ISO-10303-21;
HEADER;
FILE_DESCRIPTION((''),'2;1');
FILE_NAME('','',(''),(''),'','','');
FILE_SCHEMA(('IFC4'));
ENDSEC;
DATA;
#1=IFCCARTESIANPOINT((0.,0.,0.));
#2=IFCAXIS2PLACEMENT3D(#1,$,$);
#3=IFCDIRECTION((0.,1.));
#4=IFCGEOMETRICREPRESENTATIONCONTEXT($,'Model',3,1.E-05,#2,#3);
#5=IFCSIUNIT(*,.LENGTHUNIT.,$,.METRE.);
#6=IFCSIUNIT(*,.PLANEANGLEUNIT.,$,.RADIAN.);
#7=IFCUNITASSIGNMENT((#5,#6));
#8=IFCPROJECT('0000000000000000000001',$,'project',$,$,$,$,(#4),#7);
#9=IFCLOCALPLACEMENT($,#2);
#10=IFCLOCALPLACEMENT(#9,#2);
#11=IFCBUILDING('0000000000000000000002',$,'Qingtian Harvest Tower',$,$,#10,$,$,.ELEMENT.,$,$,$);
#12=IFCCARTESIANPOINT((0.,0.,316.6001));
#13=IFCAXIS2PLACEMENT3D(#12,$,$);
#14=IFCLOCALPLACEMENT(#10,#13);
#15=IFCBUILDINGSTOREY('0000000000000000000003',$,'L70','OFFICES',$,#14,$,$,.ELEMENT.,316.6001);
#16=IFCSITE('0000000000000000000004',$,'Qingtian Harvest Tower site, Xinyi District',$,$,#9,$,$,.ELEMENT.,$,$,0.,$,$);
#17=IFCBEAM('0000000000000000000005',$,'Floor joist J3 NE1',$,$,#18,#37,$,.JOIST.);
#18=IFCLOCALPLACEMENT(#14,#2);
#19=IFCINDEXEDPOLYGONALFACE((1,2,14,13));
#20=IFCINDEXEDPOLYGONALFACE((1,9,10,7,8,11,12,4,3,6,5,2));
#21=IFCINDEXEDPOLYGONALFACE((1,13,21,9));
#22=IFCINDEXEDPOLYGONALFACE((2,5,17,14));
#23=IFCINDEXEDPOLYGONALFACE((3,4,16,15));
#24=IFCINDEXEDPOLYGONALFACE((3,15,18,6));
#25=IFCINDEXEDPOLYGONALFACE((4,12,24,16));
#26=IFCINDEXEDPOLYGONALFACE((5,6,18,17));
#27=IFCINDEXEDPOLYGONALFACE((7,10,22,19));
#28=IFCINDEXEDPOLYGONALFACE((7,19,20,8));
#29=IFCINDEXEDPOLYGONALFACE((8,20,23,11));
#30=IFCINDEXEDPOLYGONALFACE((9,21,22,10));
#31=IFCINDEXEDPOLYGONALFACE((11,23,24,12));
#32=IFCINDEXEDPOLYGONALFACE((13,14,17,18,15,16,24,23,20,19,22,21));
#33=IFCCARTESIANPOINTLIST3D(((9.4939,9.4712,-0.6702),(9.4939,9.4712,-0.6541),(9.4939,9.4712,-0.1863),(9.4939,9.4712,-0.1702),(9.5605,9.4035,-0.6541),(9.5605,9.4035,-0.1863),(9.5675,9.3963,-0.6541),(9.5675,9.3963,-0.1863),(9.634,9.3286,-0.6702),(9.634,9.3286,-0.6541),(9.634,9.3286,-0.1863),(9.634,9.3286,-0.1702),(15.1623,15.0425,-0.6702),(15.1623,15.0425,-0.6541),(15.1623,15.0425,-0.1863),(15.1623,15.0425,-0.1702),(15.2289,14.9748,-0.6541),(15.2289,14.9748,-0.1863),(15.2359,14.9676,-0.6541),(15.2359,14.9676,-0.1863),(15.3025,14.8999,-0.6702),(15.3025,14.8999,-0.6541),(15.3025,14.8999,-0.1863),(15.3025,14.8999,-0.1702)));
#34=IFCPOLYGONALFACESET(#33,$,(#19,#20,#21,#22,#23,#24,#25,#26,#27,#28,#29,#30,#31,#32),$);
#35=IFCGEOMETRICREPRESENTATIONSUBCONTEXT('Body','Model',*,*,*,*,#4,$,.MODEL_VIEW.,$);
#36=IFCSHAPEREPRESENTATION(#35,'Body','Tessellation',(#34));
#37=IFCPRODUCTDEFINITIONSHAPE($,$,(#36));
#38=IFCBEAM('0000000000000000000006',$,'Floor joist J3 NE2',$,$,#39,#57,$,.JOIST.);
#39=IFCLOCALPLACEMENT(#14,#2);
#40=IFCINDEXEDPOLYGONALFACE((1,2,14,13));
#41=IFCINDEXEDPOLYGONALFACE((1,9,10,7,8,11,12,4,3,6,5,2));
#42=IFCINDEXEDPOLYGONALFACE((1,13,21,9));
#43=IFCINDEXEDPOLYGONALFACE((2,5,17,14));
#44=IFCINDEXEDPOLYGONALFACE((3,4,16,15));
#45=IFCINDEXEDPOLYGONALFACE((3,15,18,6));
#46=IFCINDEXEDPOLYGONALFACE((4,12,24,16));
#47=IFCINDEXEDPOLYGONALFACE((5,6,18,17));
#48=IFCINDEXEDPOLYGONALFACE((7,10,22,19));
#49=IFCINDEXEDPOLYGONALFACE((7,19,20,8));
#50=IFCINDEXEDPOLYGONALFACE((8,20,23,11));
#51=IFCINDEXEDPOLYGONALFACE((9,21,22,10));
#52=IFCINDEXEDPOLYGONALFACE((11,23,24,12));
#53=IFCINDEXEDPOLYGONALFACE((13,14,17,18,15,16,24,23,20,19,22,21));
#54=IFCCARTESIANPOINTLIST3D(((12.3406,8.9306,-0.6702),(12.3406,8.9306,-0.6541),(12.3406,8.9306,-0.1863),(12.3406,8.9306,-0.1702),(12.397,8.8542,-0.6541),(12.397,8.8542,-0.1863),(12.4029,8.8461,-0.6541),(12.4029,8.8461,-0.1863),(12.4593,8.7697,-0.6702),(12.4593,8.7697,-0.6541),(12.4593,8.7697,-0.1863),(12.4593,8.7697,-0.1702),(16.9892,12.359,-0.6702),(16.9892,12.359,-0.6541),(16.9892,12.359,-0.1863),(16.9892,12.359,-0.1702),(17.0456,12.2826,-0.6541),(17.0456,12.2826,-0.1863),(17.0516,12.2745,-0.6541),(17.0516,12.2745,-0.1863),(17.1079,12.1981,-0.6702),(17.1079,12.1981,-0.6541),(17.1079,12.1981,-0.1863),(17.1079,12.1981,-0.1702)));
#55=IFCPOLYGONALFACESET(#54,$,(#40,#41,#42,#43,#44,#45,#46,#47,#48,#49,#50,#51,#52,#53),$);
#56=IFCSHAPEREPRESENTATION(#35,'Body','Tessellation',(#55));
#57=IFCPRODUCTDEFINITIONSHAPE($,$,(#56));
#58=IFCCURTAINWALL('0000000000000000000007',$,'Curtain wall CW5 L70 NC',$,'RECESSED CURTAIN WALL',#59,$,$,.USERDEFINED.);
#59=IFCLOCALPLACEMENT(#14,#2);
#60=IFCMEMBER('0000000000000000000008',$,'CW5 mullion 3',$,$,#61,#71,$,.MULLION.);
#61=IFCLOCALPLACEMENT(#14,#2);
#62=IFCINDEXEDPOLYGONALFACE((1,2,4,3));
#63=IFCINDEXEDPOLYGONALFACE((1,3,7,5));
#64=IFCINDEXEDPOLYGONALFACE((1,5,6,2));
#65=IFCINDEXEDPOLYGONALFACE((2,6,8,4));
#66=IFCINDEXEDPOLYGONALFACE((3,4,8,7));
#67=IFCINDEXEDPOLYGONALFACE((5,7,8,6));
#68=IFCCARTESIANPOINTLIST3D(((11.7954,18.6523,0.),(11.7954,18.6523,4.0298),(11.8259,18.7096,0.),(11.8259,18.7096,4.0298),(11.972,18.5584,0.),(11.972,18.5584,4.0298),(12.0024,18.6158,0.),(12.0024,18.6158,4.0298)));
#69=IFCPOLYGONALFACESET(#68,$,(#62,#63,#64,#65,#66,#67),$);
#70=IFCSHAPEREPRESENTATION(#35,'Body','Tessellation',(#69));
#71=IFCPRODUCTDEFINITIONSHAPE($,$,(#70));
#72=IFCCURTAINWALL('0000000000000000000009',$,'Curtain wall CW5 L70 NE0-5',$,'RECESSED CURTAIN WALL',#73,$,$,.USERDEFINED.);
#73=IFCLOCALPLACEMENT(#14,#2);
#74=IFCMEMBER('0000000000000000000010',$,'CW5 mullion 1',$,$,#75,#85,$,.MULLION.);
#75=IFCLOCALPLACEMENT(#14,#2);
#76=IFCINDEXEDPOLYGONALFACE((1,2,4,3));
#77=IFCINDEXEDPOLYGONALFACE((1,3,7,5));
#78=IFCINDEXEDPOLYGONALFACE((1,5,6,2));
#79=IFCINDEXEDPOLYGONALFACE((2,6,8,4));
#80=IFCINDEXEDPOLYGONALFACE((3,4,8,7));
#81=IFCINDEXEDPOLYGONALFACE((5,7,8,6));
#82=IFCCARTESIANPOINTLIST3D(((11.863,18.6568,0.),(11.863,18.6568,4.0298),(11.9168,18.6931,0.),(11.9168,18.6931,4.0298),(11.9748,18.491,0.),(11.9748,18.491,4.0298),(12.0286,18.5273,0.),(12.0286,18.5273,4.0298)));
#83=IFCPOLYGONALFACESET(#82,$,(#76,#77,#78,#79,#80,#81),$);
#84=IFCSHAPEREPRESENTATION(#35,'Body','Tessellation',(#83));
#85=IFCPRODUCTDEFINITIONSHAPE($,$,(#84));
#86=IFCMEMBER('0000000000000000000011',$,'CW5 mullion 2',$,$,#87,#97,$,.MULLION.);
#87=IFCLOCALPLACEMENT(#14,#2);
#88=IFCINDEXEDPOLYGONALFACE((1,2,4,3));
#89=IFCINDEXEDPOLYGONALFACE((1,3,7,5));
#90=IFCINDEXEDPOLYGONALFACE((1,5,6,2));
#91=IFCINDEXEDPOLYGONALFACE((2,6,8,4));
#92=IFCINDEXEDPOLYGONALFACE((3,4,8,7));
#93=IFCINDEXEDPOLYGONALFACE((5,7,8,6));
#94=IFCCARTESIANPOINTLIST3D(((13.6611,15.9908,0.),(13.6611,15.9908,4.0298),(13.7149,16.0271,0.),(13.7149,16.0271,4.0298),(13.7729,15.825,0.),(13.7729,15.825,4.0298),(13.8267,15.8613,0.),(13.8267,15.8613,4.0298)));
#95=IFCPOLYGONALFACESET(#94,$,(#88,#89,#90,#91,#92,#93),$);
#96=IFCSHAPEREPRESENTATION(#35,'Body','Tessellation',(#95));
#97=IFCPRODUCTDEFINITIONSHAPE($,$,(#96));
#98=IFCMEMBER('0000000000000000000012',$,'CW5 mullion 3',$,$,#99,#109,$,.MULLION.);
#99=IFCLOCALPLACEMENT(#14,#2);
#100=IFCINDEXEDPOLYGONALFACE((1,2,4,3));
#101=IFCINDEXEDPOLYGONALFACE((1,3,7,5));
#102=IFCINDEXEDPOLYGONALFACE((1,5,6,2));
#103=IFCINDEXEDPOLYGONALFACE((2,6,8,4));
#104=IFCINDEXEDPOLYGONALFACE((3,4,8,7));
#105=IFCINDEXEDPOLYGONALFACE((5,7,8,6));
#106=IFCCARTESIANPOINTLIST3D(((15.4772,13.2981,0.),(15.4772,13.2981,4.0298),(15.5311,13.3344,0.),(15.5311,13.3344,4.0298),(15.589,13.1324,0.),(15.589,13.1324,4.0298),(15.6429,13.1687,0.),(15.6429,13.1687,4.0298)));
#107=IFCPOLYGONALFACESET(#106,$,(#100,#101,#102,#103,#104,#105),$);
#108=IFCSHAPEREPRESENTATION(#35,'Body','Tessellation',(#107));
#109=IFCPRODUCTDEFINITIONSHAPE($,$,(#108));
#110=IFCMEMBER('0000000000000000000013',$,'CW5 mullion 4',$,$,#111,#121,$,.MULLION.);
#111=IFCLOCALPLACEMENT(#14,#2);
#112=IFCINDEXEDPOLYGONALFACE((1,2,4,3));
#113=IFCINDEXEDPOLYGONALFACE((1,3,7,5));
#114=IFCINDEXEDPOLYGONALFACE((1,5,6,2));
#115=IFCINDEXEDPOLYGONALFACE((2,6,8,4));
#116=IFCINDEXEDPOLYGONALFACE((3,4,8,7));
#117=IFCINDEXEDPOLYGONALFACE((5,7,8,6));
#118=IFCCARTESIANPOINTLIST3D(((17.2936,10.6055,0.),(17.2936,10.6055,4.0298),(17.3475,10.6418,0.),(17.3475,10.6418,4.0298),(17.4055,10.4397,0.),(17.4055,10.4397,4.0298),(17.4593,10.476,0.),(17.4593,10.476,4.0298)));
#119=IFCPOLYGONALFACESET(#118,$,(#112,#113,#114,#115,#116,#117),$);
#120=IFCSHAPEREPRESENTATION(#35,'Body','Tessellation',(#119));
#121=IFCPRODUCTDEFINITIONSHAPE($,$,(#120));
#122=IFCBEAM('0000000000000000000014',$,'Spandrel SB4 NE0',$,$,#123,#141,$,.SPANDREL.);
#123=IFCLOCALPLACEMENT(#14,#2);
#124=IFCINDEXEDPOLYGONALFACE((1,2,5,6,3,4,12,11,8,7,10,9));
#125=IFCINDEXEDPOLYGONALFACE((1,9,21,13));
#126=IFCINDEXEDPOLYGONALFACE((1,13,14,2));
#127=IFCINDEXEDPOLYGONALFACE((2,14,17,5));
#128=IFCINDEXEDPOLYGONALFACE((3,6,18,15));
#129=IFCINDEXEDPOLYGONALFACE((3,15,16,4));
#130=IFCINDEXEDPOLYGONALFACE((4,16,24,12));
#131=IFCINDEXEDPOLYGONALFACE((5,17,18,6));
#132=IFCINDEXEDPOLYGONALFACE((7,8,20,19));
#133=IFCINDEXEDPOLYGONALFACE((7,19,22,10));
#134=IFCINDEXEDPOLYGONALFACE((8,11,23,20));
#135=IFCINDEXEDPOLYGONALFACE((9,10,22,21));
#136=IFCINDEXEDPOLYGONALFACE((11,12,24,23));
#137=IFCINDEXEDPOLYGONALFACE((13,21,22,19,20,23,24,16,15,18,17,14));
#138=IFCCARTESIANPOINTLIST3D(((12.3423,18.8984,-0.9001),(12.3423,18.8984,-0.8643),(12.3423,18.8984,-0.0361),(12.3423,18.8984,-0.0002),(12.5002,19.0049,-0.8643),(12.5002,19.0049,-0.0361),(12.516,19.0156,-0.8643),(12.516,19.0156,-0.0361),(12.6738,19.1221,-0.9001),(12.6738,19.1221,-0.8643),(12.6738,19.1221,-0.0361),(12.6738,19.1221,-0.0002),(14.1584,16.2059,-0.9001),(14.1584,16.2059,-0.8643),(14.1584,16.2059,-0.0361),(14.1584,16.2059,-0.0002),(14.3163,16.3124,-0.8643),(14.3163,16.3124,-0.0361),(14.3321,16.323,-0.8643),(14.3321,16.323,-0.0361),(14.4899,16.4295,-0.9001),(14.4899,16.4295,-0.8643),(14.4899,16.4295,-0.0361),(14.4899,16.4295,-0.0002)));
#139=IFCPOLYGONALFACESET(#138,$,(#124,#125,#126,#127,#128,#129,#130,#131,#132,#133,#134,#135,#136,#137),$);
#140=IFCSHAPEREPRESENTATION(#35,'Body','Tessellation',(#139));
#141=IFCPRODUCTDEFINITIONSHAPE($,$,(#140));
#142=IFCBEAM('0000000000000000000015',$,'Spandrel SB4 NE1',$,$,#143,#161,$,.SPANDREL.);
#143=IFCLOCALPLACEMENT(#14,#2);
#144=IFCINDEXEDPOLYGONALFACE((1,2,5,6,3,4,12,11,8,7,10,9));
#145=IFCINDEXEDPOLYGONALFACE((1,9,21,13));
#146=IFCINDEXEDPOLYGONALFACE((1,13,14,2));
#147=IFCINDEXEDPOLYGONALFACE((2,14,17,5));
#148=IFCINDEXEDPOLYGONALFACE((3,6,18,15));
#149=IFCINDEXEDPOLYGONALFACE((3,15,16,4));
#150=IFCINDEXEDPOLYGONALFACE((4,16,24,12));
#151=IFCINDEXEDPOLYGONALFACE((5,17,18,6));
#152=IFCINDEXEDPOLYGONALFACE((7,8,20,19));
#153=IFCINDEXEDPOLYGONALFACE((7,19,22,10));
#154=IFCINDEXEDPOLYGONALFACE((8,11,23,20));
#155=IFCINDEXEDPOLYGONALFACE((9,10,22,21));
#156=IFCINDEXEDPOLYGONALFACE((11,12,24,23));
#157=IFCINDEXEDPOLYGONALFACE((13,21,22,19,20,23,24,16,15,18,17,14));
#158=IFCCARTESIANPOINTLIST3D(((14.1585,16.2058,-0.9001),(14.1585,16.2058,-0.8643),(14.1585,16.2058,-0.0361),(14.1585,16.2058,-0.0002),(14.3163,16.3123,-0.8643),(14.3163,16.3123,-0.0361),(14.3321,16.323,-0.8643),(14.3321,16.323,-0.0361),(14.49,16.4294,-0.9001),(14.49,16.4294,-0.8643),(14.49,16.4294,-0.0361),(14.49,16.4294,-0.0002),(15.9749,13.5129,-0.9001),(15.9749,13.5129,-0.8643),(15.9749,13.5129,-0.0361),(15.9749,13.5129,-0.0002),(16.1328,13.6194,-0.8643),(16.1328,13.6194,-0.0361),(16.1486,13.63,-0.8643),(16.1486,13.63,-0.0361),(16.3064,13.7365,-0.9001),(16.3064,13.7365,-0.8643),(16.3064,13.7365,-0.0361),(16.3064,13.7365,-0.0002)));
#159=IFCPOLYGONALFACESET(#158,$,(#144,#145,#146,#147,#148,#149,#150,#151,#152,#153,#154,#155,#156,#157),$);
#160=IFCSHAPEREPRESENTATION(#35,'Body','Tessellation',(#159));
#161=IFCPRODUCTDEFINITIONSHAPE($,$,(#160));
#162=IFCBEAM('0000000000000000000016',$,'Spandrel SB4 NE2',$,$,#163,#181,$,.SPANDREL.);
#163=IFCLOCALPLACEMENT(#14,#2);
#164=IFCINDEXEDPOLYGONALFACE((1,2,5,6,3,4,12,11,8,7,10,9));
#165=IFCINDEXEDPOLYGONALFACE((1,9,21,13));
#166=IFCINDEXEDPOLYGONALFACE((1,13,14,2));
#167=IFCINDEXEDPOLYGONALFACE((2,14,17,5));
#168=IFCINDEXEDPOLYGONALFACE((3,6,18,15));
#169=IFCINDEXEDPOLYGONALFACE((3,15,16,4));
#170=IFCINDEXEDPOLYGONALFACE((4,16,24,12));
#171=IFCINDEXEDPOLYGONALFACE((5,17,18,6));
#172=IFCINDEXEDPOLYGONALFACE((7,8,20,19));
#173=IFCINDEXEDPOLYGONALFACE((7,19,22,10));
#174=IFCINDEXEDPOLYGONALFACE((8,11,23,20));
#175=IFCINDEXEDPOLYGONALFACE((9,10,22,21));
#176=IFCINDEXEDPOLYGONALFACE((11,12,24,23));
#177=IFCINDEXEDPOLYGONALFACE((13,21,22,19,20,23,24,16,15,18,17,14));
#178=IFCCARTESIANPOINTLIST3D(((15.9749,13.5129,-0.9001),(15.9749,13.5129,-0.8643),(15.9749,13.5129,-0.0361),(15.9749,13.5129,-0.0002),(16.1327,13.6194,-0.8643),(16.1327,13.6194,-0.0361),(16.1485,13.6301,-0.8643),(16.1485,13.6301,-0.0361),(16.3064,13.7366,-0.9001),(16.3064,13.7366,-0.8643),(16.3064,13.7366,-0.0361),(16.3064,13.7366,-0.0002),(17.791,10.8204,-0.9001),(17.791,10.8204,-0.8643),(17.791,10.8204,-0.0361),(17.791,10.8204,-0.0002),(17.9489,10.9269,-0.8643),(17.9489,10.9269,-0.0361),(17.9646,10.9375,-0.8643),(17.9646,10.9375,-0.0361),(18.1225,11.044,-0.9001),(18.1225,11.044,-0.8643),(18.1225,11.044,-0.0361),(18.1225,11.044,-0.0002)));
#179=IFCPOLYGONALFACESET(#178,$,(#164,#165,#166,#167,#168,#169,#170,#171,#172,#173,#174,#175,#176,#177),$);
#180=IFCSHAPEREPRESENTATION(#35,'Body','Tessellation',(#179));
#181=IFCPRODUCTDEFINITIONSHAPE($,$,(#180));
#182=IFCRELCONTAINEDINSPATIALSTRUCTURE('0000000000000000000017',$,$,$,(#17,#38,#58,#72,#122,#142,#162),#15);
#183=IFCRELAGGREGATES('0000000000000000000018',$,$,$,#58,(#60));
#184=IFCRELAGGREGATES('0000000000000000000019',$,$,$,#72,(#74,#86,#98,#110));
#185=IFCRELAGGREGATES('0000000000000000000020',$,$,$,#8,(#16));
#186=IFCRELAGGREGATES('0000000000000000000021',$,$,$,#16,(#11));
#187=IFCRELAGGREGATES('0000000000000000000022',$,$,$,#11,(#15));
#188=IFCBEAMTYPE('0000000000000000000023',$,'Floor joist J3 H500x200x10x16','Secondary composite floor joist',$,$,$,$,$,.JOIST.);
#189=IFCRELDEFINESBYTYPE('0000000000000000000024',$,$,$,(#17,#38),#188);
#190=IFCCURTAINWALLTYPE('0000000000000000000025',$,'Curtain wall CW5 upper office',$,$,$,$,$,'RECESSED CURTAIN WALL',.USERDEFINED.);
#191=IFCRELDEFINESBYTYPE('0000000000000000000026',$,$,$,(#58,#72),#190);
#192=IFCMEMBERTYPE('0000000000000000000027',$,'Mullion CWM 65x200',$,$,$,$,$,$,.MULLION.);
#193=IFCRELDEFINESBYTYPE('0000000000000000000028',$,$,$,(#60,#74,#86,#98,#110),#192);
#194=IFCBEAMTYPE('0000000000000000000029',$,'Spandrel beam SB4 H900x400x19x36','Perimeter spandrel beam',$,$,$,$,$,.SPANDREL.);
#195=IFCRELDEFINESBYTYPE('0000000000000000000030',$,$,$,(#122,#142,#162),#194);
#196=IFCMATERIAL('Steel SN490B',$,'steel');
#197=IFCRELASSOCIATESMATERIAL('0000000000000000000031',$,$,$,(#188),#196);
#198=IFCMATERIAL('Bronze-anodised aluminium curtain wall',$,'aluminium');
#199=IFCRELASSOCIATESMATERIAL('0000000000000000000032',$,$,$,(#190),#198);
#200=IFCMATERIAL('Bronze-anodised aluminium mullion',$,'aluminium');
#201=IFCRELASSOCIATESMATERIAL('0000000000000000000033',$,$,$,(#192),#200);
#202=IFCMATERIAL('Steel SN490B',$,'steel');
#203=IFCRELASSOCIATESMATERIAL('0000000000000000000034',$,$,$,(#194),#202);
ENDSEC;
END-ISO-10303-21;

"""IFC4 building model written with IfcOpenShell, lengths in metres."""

from ifc_helpers import new_model, si_unit, direction, frame, origin, origin_2d, place, context, subcontext, project, spatial, rectangle, i_section, extrude, material, material_profile, profile_set, type_object, element, aggregate, save


model = new_model("IFC4")

# Units and contexts
model_context = context("Model", 3, precision=1e-05, world=origin(), true_north=direction((0.0, 1.0)))
body_context = subcontext(model_context, "Body", "Model", "MODEL_VIEW")
ifc_project = project(units=[si_unit("LENGTHUNIT", "METRE"), si_unit("PLANEANGLEUNIT", "RADIAN")], contexts=[model_context])

# Site, building, storey
site_placement = place(None, origin())
site = spatial("IfcSite", under=ifc_project, at=site_placement, Name="Qingtian Harvest Tower site, Xinyi District", CompositionType="ELEMENT", RefElevation=0.0)
building_placement = place(site_placement, origin())
building = spatial("IfcBuilding", under=site, at=building_placement, Name="Qingtian Harvest Tower", CompositionType="ELEMENT")
storey_placement = place(building_placement, frame((0.0, 0.0, 316.6001)))
storey = spatial("IfcBuildingStorey", under=building, at=storey_placement, Name="L70", Description="OFFICES", CompositionType="ELEMENT", Elevation=316.6001)

# Beams
ifc_material_1 = material(Name="Steel SN490B", Category="steel")
ifc_material_profile_1 = material_profile(ifc_material_1, i_section(OverallWidth=0.2, OverallDepth=0.5, WebThickness=0.01, FlangeThickness=0.0161, at=origin_2d()), Name="H500x200x10x16")
ifc_profile_set_1 = profile_set([ifc_material_profile_1], Name="Steel SN490B")
beam_type_1 = type_object("IfcBeamType", Name="Floor joist J3 H500x200x10x16", Description="Secondary composite floor joist", PredefinedType="JOIST", material=ifc_profile_set_1)
beam_1_placement = place(storey_placement, frame((15.2324, 14.9712, -0.4202), z_axis=(-0.713193, -0.700968, 0.0), x_axis=(0.700968, -0.713193, 0.0)))
element("IfcBeam", 1, at=beam_1_placement, inside=storey, type_object=beam_type_1, Name="Floor joist J3 NE1", PredefinedType="JOIST", context=body_context, shape_type="SweptSolid", body=[
    extrude(i_section(OverallWidth=0.2, OverallDepth=0.5, WebThickness=0.01, FlangeThickness=0.0161, at=origin_2d()), origin(), (0.0, 0.0, 1.0), 7.948),
])
beam_2_placement = place(storey_placement, frame((17.0486, 12.2786, -0.4202), z_axis=(-0.804798, -0.593549, 0.0), x_axis=(0.593549, -0.804798, 0.0)))
element("IfcBeam", 2, at=beam_2_placement, inside=storey, type_object=beam_type_1, Name="Floor joist J3 NE2", PredefinedType="JOIST", context=body_context, shape_type="SweptSolid", body=[
    extrude(i_section(OverallWidth=0.2, OverallDepth=0.5, WebThickness=0.01, FlangeThickness=0.0161, at=origin_2d()), origin(), (0.0, 0.0, 1.0), 5.7761),
])

# Curtain wall, member
ifc_material_2 = material(Name="Bronze-anodised aluminium curtain wall", Category="aluminium")
curtain_wall_type = type_object("IfcCurtainWallType", Name="Curtain wall CW5 upper office", ElementType="RECESSED CURTAIN WALL", PredefinedType="USERDEFINED", material=ifc_material_2)
curtain_wall_1_placement = place(storey_placement, origin())
curtain_wall_1 = element("IfcCurtainWall", 3, at=curtain_wall_1_placement, inside=storey, type_object=curtain_wall_type, Name="Curtain wall CW5 L70 NC", ObjectType="RECESSED CURTAIN WALL", PredefinedType="USERDEFINED")
ifc_material_3 = material(Name="Bronze-anodised aluminium mullion", Category="aluminium")
ifc_material_profile_2 = material_profile(ifc_material_3, rectangle(XDim=0.0649, YDim=0.2, at=origin_2d()), Name="AL 65x200")
ifc_profile_set_2 = profile_set([ifc_material_profile_2], Name="Bronze-anodised aluminium mullion")
member_type_1 = type_object("IfcMemberType", Name="Mullion CWM 65x200", PredefinedType="MULLION", material=ifc_profile_set_2)
member_1_placement = place(storey_placement, frame((11.8989, 18.634, 0.0), z_axis=(0.0, 0.0, 1.0), x_axis=(0.469472, 0.882948, 0.0)))
member_1 = element("IfcMember", 4, at=member_1_placement, type_object=member_type_1, Name="CW5 mullion 3", PredefinedType="MULLION", context=body_context, shape_type="SweptSolid", body=[
    extrude(rectangle(XDim=0.0649, YDim=0.2, at=origin_2d()), origin(), (0.0, 0.0, 1.0), 4.0298),
])

# Curtain wall, members
curtain_wall_2_placement = place(storey_placement, origin())
curtain_wall_2 = element("IfcCurtainWall", 5, at=curtain_wall_2_placement, inside=storey, type_object=curtain_wall_type, Name="Curtain wall CW5 L70 NE0-5", ObjectType="RECESSED CURTAIN WALL", PredefinedType="USERDEFINED")
member_2_placement = place(storey_placement, frame((11.9458, 18.592, 0.0), z_axis=(0.0, 0.0, 1.0), x_axis=(0.829038, 0.559193, 0.0)))
member_2 = element("IfcMember", 6, at=member_2_placement, type_object=member_type_1, Name="CW5 mullion 1", PredefinedType="MULLION", context=body_context, shape_type="SweptSolid", body=[
    extrude(rectangle(XDim=0.0649, YDim=0.2, at=origin_2d()), origin(), (0.0, 0.0, 1.0), 4.0298),
])
member_3_placement = place(storey_placement, frame((13.7439, 15.926, 0.0), z_axis=(0.0, 0.0, 1.0), x_axis=(0.829038, 0.559193, 0.0)))
member_3 = element("IfcMember", 7, at=member_3_placement, type_object=member_type_1, Name="CW5 mullion 2", PredefinedType="MULLION", context=body_context, shape_type="SweptSolid", body=[
    extrude(rectangle(XDim=0.0649, YDim=0.2, at=origin_2d()), origin(), (0.0, 0.0, 1.0), 4.0298),
])
member_4_placement = place(storey_placement, frame((15.5601, 13.2334, 0.0), z_axis=(0.0, 0.0, 1.0), x_axis=(0.829038, 0.559193, 0.0)))
member_4 = element("IfcMember", 8, at=member_4_placement, type_object=member_type_1, Name="CW5 mullion 3", PredefinedType="MULLION", context=body_context, shape_type="SweptSolid", body=[
    extrude(rectangle(XDim=0.0649, YDim=0.2, at=origin_2d()), origin(), (0.0, 0.0, 1.0), 4.0298),
])
member_5_placement = place(storey_placement, frame((17.3765, 10.5408, 0.0), z_axis=(0.0, 0.0, 1.0), x_axis=(0.829038, 0.559193, 0.0)))
member_5 = element("IfcMember", 9, at=member_5_placement, type_object=member_type_1, Name="CW5 mullion 4", PredefinedType="MULLION", context=body_context, shape_type="SweptSolid", body=[
    extrude(rectangle(XDim=0.0649, YDim=0.2, at=origin_2d()), origin(), (0.0, 0.0, 1.0), 4.0298),
])

# Beams
ifc_material_4 = material(Name="Steel SN490B", Category="steel")
ifc_material_profile_3 = material_profile(ifc_material_4, i_section(OverallWidth=0.3999, OverallDepth=0.8999, WebThickness=0.019, FlangeThickness=0.0359, at=origin_2d()), Name="H900x400x19x36")
ifc_profile_set_3 = profile_set([ifc_material_profile_3], Name="Steel SN490B")
beam_type_2 = type_object("IfcBeamType", Name="Spandrel beam SB4 H900x400x19x36", Description="Perimeter spandrel beam", PredefinedType="SPANDREL", material=ifc_profile_set_3)
beam_3_placement = place(storey_placement, frame((12.5081, 19.0103, -0.4502), z_axis=(0.559185, -0.829043, 0.0), x_axis=(0.829043, 0.559185, 0.0)))
element("IfcBeam", 10, at=beam_3_placement, inside=storey, type_object=beam_type_2, Name="Spandrel SB4 NE0", PredefinedType="SPANDREL", context=body_context, shape_type="SweptSolid", body=[
    extrude(i_section(OverallWidth=0.3999, OverallDepth=0.8999, WebThickness=0.019, FlangeThickness=0.0359, at=origin_2d()), origin(), (0.0, 0.0, 1.0), 3.2478),
])
beam_4_placement = place(storey_placement, frame((14.3242, 16.3176, -0.4502), z_axis=(0.559202, -0.829032, 0.0), x_axis=(0.829032, 0.559202, 0.0)))
element("IfcBeam", 11, at=beam_4_placement, inside=storey, type_object=beam_type_2, Name="Spandrel SB4 NE1", PredefinedType="SPANDREL", context=body_context, shape_type="SweptSolid", body=[
    extrude(i_section(OverallWidth=0.3999, OverallDepth=0.8999, WebThickness=0.019, FlangeThickness=0.0359, at=origin_2d()), origin(), (0.0, 0.0, 1.0), 3.2483),
])
beam_5_placement = place(storey_placement, frame((16.1406, 13.6248, -0.4502), z_axis=(0.559185, -0.829043, 0.0), x_axis=(0.829043, 0.559185, 0.0)))
element("IfcBeam", 12, at=beam_5_placement, inside=storey, type_object=beam_type_2, Name="Spandrel SB4 NE2", PredefinedType="SPANDREL", context=body_context, shape_type="SweptSolid", body=[
    extrude(i_section(OverallWidth=0.3999, OverallDepth=0.8999, WebThickness=0.019, FlangeThickness=0.0359, at=origin_2d()), origin(), (0.0, 0.0, 1.0), 3.2478),
])

aggregate(curtain_wall_1, [member_1])
aggregate(curtain_wall_2, [member_2, member_3, member_4, member_5])

save(model, "model.ifc")
